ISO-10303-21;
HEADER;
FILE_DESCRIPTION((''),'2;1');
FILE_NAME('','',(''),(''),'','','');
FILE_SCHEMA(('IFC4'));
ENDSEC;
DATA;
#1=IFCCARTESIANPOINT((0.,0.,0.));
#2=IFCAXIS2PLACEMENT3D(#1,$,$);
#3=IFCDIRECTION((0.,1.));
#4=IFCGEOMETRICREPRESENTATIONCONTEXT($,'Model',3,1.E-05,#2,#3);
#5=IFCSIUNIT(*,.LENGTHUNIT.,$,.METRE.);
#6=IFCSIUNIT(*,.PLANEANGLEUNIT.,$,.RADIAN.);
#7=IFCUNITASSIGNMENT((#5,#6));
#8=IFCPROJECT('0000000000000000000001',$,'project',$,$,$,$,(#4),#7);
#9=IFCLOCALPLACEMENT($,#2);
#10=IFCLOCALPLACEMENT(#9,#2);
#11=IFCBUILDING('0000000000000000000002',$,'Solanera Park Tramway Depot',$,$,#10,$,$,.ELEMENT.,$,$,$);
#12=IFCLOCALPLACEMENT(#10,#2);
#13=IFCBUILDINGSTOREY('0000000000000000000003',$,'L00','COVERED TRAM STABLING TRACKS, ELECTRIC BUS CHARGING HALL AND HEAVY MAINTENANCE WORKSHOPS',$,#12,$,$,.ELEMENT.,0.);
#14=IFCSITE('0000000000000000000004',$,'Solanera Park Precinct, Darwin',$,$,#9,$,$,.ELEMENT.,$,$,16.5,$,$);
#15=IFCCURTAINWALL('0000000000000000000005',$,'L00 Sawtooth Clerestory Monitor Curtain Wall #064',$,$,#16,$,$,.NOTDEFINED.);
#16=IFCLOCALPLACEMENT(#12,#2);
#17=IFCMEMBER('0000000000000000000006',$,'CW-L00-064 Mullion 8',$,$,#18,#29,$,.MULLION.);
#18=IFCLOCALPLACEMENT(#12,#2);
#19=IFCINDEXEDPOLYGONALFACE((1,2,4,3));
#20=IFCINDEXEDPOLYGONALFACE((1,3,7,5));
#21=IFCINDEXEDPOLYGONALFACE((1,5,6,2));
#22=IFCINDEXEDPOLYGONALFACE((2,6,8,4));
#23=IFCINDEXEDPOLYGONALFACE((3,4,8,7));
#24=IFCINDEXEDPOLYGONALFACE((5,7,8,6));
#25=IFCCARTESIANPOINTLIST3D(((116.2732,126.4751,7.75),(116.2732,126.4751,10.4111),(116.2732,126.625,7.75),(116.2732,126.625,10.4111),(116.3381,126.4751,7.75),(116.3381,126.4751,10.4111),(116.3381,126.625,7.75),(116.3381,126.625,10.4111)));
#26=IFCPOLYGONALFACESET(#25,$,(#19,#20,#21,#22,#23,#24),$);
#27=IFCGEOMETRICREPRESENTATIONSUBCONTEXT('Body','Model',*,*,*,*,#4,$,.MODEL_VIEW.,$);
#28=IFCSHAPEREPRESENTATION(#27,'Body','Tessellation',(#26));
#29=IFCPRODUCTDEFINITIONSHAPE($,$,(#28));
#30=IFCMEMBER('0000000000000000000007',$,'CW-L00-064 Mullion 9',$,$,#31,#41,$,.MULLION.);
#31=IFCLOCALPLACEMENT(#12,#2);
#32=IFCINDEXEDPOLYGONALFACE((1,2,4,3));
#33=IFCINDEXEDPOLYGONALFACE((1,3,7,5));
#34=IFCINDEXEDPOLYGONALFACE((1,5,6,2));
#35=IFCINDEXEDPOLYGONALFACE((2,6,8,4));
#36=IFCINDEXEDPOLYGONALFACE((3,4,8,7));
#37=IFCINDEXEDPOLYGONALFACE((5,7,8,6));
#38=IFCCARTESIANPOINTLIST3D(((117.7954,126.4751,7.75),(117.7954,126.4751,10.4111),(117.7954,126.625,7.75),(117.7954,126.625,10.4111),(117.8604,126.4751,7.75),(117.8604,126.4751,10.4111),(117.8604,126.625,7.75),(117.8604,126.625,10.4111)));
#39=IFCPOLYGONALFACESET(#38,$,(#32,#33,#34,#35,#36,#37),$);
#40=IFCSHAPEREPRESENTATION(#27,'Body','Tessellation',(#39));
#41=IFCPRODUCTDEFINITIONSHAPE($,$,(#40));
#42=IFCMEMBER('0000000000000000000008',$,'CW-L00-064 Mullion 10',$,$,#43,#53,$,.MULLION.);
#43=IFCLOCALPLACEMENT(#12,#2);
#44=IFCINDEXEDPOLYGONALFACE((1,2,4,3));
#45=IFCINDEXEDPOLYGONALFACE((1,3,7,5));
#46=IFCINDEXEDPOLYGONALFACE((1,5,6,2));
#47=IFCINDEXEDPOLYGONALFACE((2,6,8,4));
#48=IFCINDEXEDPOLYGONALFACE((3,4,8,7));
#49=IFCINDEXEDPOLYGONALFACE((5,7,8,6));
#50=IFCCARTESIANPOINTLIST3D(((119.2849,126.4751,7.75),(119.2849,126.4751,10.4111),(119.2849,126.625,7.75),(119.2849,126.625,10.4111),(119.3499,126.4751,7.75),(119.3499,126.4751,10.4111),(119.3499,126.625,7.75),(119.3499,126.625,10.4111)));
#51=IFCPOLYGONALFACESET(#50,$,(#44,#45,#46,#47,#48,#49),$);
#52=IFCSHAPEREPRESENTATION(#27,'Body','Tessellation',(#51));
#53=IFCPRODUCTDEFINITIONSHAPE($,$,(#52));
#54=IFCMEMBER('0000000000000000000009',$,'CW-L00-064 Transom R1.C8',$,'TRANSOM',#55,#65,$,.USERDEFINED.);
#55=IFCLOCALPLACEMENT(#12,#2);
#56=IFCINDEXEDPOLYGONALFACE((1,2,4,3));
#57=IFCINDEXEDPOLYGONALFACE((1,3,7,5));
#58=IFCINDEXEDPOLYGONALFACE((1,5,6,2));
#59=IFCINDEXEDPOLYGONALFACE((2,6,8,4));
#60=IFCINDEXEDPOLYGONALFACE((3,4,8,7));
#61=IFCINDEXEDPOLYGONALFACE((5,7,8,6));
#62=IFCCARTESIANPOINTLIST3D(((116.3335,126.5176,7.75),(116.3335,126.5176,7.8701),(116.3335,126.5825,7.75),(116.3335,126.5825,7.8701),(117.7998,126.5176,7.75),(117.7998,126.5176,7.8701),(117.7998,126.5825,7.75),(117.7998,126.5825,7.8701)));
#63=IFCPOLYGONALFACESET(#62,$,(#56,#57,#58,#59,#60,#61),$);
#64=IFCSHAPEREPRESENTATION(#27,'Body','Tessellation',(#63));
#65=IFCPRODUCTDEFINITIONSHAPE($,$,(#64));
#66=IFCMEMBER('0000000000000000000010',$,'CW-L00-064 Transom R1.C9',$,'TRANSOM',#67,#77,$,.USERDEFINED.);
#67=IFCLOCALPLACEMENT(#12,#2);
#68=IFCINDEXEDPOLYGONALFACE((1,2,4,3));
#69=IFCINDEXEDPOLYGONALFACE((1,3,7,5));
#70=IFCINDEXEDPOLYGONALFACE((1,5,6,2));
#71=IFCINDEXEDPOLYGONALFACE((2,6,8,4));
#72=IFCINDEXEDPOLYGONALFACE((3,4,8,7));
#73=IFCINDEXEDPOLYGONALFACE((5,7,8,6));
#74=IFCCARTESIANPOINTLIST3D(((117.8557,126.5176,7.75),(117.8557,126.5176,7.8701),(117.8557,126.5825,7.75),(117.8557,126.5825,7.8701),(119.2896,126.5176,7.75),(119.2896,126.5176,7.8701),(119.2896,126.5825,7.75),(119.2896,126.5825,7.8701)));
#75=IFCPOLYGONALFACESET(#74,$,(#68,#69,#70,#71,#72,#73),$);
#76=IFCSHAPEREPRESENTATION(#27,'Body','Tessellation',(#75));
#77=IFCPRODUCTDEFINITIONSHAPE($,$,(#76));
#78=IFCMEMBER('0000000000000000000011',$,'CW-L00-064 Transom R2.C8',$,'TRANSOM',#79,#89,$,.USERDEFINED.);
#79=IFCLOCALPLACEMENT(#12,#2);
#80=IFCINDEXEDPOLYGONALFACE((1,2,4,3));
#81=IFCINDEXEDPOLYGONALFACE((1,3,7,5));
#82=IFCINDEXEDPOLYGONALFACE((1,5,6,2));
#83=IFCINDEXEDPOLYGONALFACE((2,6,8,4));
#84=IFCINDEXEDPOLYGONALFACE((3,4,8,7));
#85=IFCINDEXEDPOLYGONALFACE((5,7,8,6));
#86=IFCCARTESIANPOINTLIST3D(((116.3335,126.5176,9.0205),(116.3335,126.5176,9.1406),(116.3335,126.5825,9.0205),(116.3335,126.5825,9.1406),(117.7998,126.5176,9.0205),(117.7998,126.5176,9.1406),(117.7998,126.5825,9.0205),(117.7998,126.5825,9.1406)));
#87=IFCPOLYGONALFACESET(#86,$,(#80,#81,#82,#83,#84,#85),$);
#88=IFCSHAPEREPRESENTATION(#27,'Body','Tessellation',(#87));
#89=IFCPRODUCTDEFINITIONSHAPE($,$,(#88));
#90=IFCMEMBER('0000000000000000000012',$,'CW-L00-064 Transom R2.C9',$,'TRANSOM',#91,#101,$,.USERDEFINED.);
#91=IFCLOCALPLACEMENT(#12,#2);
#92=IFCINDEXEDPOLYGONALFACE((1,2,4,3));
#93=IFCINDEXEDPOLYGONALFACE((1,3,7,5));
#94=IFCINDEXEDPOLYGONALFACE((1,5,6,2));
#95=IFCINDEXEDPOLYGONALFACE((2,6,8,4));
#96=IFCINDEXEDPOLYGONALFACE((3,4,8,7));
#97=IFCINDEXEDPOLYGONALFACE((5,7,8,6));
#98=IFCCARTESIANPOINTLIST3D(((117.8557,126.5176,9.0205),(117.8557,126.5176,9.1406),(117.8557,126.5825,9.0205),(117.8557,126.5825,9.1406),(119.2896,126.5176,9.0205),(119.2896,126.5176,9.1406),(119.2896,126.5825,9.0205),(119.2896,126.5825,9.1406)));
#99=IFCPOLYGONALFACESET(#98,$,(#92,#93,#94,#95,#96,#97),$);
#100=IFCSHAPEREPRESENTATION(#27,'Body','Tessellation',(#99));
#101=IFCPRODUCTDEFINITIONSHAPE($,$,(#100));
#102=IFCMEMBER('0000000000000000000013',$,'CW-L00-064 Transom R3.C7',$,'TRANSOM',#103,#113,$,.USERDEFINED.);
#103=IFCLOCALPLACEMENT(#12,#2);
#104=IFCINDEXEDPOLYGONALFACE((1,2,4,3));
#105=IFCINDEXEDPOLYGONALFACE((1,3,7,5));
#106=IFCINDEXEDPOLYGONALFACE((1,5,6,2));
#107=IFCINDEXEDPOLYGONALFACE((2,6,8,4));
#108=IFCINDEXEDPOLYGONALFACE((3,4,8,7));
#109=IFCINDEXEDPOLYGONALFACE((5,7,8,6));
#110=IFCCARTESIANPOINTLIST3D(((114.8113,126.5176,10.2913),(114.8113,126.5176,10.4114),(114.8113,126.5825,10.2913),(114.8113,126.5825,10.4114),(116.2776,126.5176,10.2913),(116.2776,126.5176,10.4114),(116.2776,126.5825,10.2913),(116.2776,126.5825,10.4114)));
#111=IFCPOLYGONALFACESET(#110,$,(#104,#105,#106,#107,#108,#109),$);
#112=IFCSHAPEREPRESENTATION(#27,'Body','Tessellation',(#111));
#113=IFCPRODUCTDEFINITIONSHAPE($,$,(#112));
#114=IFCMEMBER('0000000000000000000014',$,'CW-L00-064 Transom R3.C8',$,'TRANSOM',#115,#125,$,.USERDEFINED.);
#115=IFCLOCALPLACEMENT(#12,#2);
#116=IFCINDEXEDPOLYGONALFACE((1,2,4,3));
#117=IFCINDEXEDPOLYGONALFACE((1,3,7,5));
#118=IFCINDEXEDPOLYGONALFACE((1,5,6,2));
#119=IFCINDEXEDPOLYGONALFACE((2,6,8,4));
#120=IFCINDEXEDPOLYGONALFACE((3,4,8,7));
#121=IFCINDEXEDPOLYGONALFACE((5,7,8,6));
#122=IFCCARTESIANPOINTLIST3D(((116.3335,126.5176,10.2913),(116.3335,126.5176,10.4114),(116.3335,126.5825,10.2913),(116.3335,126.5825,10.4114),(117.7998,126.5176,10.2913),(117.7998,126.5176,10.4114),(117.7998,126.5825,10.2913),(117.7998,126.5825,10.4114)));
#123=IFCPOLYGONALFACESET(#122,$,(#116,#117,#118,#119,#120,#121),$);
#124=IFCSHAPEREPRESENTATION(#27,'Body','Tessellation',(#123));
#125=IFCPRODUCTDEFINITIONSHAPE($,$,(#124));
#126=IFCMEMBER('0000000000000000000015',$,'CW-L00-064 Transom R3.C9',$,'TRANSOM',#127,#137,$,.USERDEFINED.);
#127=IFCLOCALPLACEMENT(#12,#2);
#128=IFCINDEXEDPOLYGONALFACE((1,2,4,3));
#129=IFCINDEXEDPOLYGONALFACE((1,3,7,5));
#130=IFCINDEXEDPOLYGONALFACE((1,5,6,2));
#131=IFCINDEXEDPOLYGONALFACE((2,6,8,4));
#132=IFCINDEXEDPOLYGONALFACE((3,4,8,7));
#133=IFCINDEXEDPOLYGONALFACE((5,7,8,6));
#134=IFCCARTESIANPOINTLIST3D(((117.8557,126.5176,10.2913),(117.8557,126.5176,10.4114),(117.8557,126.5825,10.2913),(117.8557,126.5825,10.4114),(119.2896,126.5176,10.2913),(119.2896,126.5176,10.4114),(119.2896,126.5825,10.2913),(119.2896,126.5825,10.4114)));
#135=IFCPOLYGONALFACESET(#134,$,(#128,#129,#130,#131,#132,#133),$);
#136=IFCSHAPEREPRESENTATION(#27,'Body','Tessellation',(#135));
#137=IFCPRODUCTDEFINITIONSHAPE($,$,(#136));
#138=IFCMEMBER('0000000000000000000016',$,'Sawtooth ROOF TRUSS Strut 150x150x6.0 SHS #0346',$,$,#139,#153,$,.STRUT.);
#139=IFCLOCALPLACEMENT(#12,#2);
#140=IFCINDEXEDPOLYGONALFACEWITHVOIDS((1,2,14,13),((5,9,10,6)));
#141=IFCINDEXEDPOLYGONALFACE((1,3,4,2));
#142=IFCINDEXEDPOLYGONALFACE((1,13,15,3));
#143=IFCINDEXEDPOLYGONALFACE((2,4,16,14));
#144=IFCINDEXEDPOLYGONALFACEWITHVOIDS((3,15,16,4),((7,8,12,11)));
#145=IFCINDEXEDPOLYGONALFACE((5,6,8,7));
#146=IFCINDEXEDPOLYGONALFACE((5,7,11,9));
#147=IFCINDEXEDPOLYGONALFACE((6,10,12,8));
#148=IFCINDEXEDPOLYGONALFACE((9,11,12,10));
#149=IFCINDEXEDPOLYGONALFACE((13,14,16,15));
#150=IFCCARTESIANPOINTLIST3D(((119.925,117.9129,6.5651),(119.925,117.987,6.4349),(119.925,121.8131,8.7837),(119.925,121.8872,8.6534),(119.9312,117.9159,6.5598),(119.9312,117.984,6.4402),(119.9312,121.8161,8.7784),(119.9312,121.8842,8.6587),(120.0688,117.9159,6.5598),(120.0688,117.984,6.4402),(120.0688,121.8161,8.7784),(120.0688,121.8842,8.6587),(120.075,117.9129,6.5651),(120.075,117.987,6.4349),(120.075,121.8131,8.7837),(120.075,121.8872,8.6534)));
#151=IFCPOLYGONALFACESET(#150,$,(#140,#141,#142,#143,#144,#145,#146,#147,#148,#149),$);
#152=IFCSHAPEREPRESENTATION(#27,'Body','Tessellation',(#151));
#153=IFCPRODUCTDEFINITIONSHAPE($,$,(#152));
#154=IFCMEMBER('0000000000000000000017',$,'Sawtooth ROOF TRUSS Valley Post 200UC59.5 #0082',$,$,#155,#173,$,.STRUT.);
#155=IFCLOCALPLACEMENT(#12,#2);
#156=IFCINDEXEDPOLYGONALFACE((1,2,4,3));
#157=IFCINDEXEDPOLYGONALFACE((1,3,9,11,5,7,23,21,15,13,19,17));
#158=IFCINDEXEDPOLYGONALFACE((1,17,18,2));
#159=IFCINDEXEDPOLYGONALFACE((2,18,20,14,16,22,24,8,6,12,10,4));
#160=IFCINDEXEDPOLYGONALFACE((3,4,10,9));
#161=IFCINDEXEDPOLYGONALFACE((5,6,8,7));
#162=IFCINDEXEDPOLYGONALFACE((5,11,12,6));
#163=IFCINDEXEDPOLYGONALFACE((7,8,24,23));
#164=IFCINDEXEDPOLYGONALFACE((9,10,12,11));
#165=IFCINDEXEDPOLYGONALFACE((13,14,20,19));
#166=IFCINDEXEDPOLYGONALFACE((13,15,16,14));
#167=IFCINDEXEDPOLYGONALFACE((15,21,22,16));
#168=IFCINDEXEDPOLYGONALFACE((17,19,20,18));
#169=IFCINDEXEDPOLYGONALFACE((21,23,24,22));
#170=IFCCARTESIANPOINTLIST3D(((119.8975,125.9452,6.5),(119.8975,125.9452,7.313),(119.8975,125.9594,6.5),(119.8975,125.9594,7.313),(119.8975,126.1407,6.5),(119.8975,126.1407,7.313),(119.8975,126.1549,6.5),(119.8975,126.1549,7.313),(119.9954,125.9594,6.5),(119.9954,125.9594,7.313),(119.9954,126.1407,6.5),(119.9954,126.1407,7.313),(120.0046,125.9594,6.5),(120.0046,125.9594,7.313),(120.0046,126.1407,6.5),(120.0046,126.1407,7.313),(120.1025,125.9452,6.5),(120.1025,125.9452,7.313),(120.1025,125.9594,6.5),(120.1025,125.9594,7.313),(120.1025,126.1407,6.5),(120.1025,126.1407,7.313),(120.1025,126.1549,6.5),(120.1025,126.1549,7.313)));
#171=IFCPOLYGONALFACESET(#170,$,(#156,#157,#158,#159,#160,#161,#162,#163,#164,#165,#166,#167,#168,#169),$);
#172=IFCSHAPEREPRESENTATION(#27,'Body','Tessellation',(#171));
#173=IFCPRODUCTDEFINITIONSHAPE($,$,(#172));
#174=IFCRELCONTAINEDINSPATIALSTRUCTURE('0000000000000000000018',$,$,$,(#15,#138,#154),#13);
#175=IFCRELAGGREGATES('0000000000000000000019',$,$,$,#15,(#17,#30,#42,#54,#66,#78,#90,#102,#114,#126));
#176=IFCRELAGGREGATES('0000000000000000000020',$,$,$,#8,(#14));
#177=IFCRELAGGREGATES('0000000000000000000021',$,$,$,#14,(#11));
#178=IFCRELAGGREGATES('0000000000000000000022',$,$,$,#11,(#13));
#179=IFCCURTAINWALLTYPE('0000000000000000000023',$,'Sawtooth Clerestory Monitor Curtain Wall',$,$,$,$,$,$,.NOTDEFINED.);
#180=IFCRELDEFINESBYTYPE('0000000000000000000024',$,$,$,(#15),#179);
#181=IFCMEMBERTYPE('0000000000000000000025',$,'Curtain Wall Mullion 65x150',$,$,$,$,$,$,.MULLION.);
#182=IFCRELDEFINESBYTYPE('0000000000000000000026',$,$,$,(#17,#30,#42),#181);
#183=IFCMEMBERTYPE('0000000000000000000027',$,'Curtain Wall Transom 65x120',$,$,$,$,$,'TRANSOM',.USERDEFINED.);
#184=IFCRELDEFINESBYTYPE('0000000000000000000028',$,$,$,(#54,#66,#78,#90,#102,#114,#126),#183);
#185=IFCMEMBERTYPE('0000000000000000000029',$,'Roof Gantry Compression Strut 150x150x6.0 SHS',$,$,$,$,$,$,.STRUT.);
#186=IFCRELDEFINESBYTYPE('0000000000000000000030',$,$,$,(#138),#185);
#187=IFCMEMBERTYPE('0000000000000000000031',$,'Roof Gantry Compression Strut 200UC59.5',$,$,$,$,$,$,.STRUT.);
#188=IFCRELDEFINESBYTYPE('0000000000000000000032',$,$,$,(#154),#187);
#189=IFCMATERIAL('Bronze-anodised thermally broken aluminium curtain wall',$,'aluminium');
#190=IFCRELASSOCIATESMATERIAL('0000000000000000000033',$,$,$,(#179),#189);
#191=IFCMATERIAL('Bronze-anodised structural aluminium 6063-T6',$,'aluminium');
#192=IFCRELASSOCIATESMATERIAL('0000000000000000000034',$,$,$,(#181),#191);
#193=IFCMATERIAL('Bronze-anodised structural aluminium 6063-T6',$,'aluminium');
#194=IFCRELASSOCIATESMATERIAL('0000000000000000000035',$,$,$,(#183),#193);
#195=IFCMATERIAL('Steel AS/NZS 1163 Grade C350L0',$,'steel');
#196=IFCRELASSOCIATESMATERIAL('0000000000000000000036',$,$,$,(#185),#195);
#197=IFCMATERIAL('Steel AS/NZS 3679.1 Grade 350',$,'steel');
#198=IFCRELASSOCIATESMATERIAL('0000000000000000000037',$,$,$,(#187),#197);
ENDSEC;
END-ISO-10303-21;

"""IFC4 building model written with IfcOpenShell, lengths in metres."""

from ifc_helpers import new_model, si_unit, direction, frame, origin, origin_2d, place, context, subcontext, project, spatial, rectangle, hollow_rectangle, i_section, extrude, material, material_profile, profile_set, type_object, element, aggregate, save


model = new_model("IFC4")

# Units and contexts
model_context = context("Model", 3, precision=1e-05, world=origin(), true_north=direction((0.0, 1.0)))
body_context = subcontext(model_context, "Body", "Model", "MODEL_VIEW")
ifc_project = project(units=[si_unit("LENGTHUNIT", "METRE"), si_unit("PLANEANGLEUNIT", "RADIAN")], contexts=[model_context])

# Site, building, storey
site_placement = place(None, origin())
site = spatial("IfcSite", under=ifc_project, at=site_placement, Name="Solanera Park Precinct, Darwin", CompositionType="ELEMENT", RefElevation=16.5)
building_placement = place(site_placement, origin())
building = spatial("IfcBuilding", under=site, at=building_placement, Name="Solanera Park Tramway Depot", CompositionType="ELEMENT")
storey_placement = place(building_placement, origin())
storey = spatial("IfcBuildingStorey", under=building, at=storey_placement, Name="L00", Description="COVERED TRAM STABLING TRACKS, ELECTRIC BUS CHARGING HALL AND HEAVY MAINTENANCE WORKSHOPS", CompositionType="ELEMENT", Elevation=0.0)

# Curtain wall, members
ifc_material_1 = material(Name="Bronze-anodised thermally broken aluminium curtain wall", Category="aluminium")
curtain_wall_type = type_object("IfcCurtainWallType", Name="Sawtooth Clerestory Monitor Curtain Wall", PredefinedType="NOTDEFINED", material=ifc_material_1)
curtain_wall_placement = place(storey_placement, origin())
curtain_wall = element("IfcCurtainWall", 1, at=curtain_wall_placement, inside=storey, type_object=curtain_wall_type, Name="L00 Sawtooth Clerestory Monitor Curtain Wall #064", PredefinedType="NOTDEFINED")
ifc_material_2 = material(Name="Bronze-anodised structural aluminium 6063-T6", Category="aluminium")
ifc_material_profile_1 = material_profile(ifc_material_2, rectangle(XDim=0.0649, YDim=0.1499, at=origin_2d()), Name="Curtain Wall Mullion 65x150")
ifc_profile_set_1 = profile_set([ifc_material_profile_1], Name="Bronze-anodised structural aluminium 6063-T6")
member_type_1 = type_object("IfcMemberType", Name="Curtain Wall Mullion 65x150", PredefinedType="MULLION", material=ifc_profile_set_1)
member_1_placement = place(storey_placement, frame((116.3057, 126.55, 7.75), z_axis=(0.0, 0.0, 1.0), x_axis=(1.0, 0.0, 0.0)))
member_1 = element("IfcMember", 2, at=member_1_placement, type_object=member_type_1, Name="CW-L00-064 Mullion 8", PredefinedType="MULLION", context=body_context, shape_type="SweptSolid", body=[
    extrude(rectangle(XDim=0.0649, YDim=0.1499, at=origin_2d()), origin(), (0.0, 0.0, 1.0), 2.6611),
])
member_2_placement = place(storey_placement, frame((117.8279, 126.55, 7.75), z_axis=(0.0, 0.0, 1.0), x_axis=(1.0, 0.0, 0.0)))
member_2 = element("IfcMember", 3, at=member_2_placement, type_object=member_type_1, Name="CW-L00-064 Mullion 9", PredefinedType="MULLION", context=body_context, shape_type="SweptSolid", body=[
    extrude(rectangle(XDim=0.0649, YDim=0.1499, at=origin_2d()), origin(), (0.0, 0.0, 1.0), 2.6611),
])
member_3_placement = place(storey_placement, frame((119.3174, 126.55, 7.75), z_axis=(0.0, 0.0, 1.0), x_axis=(1.0, 0.0, 0.0)))
member_3 = element("IfcMember", 4, at=member_3_placement, type_object=member_type_1, Name="CW-L00-064 Mullion 10", PredefinedType="MULLION", context=body_context, shape_type="SweptSolid", body=[
    extrude(rectangle(XDim=0.0649, YDim=0.1499, at=origin_2d()), origin(), (0.0, 0.0, 1.0), 2.6611),
])
ifc_material_3 = material(Name="Bronze-anodised structural aluminium 6063-T6", Category="aluminium")
ifc_material_profile_2 = material_profile(ifc_material_3, rectangle(XDim=0.0649, YDim=0.1201, at=origin_2d()), Name="Curtain Wall Transom 65x120")
ifc_profile_set_2 = profile_set([ifc_material_profile_2], Name="Bronze-anodised structural aluminium 6063-T6")
member_type_2 = type_object("IfcMemberType", Name="Curtain Wall Transom 65x120", ElementType="TRANSOM", PredefinedType="USERDEFINED", material=ifc_profile_set_2)
member_4_placement = place(storey_placement, frame((116.3335, 126.55, 7.8101), z_axis=(1.0, 0.0, 0.0), x_axis=(0.0, 1.0, 0.0)))
member_4 = element("IfcMember", 5, at=member_4_placement, type_object=member_type_2, Name="CW-L00-064 Transom R1.C8", ObjectType="TRANSOM", PredefinedType="USERDEFINED", context=body_context, shape_type="SweptSolid", body=[
    extrude(rectangle(XDim=0.0649, YDim=0.1201, at=origin_2d()), origin(), (0.0, 0.0, 1.0), 1.4663),
])
member_5_placement = place(storey_placement, frame((117.8557, 126.55, 7.8101), z_axis=(1.0, 0.0, 0.0), x_axis=(0.0, 1.0, 0.0)))
member_5 = element("IfcMember", 6, at=member_5_placement, type_object=member_type_2, Name="CW-L00-064 Transom R1.C9", ObjectType="TRANSOM", PredefinedType="USERDEFINED", context=body_context, shape_type="SweptSolid", body=[
    extrude(rectangle(XDim=0.0649, YDim=0.1201, at=origin_2d()), origin(), (0.0, 0.0, 1.0), 1.4338),
])
member_6_placement = place(storey_placement, frame((116.3335, 126.55, 9.0806), z_axis=(1.0, 0.0, 0.0), x_axis=(0.0, 1.0, 0.0)))
member_6 = element("IfcMember", 7, at=member_6_placement, type_object=member_type_2, Name="CW-L00-064 Transom R2.C8", ObjectType="TRANSOM", PredefinedType="USERDEFINED", context=body_context, shape_type="SweptSolid", body=[
    extrude(rectangle(XDim=0.0649, YDim=0.1201, at=origin_2d()), origin(), (0.0, 0.0, 1.0), 1.4663),
])
member_7_placement = place(storey_placement, frame((117.8557, 126.55, 9.0806), z_axis=(1.0, 0.0, 0.0), x_axis=(0.0, 1.0, 0.0)))
member_7 = element("IfcMember", 8, at=member_7_placement, type_object=member_type_2, Name="CW-L00-064 Transom R2.C9", ObjectType="TRANSOM", PredefinedType="USERDEFINED", context=body_context, shape_type="SweptSolid", body=[
    extrude(rectangle(XDim=0.0649, YDim=0.1201, at=origin_2d()), origin(), (0.0, 0.0, 1.0), 1.4338),
])
member_8_placement = place(storey_placement, frame((114.8113, 126.55, 10.3513), z_axis=(1.0, 0.0, 0.0), x_axis=(0.0, 1.0, 0.0)))
member_8 = element("IfcMember", 9, at=member_8_placement, type_object=member_type_2, Name="CW-L00-064 Transom R3.C7", ObjectType="TRANSOM", PredefinedType="USERDEFINED", context=body_context, shape_type="SweptSolid", body=[
    extrude(rectangle(XDim=0.0649, YDim=0.1201, at=origin_2d()), origin(), (0.0, 0.0, 1.0), 1.4663),
])
member_9_placement = place(storey_placement, frame((116.3335, 126.55, 10.3513), z_axis=(1.0, 0.0, 0.0), x_axis=(0.0, 1.0, 0.0)))
member_9 = element("IfcMember", 10, at=member_9_placement, type_object=member_type_2, Name="CW-L00-064 Transom R3.C8", ObjectType="TRANSOM", PredefinedType="USERDEFINED", context=body_context, shape_type="SweptSolid", body=[
    extrude(rectangle(XDim=0.0649, YDim=0.1201, at=origin_2d()), origin(), (0.0, 0.0, 1.0), 1.4663),
])
member_10_placement = place(storey_placement, frame((117.8557, 126.55, 10.3513), z_axis=(1.0, 0.0, 0.0), x_axis=(0.0, 1.0, 0.0)))
member_10 = element("IfcMember", 11, at=member_10_placement, type_object=member_type_2, Name="CW-L00-064 Transom R3.C9", ObjectType="TRANSOM", PredefinedType="USERDEFINED", context=body_context, shape_type="SweptSolid", body=[
    extrude(rectangle(XDim=0.0649, YDim=0.1201, at=origin_2d()), origin(), (0.0, 0.0, 1.0), 1.4338),
])

# Members
ifc_material_4 = material(Name="Steel AS/NZS 1163 Grade C350L0", Category="steel")
ifc_material_profile_3 = material_profile(ifc_material_4, hollow_rectangle(XDim=0.1499, YDim=0.1499, WallThickness=0.0061, at=origin_2d()), Name="150x150x6.0 SHS")
ifc_profile_set_3 = profile_set([ifc_material_profile_3], Name="Steel AS/NZS 1163 Grade C350L0")
member_type_3 = type_object("IfcMemberType", Name="Roof Gantry Compression Strut 150x150x6.0 SHS", PredefinedType="STRUT", material=ifc_profile_set_3)
member_11_placement = place(storey_placement, frame((120.0, 117.95, 6.5), z_axis=(0.0, 0.869216, 0.494433), x_axis=(-1.0, 0.0, 0.0)))
element("IfcMember", 12, at=member_11_placement, inside=storey, type_object=member_type_3, Name="Sawtooth ROOF TRUSS Strut 150x150x6.0 SHS #0346", PredefinedType="STRUT", context=body_context, shape_type="SweptSolid", body=[
    extrude(hollow_rectangle(XDim=0.1499, YDim=0.1499, WallThickness=0.0061, at=origin_2d()), origin(), (0.0, 0.0, 1.0), 4.4871),
])
ifc_material_5 = material(Name="Steel AS/NZS 3679.1 Grade 350", Category="steel")
ifc_material_profile_4 = material_profile(ifc_material_5, i_section(OverallWidth=0.2051, OverallDepth=0.2097, WebThickness=0.0093, FlangeThickness=0.0142, at=origin_2d()), Name="200UC59.5")
ifc_profile_set_4 = profile_set([ifc_material_profile_4], Name="Steel AS/NZS 3679.1 Grade 350")
member_type_4 = type_object("IfcMemberType", Name="Roof Gantry Compression Strut 200UC59.5", PredefinedType="STRUT", material=ifc_profile_set_4)
member_12_placement = place(storey_placement, frame((120.0, 126.05, 6.5), z_axis=(0.0, 0.0, 1.0), x_axis=(1.0, 0.0, 0.0)))
element("IfcMember", 13, at=member_12_placement, inside=storey, type_object=member_type_4, Name="Sawtooth ROOF TRUSS Valley Post 200UC59.5 #0082", PredefinedType="STRUT", context=body_context, shape_type="SweptSolid", body=[
    extrude(i_section(OverallWidth=0.2051, OverallDepth=0.2097, WebThickness=0.0093, FlangeThickness=0.0142, at=origin_2d()), origin(), (0.0, 0.0, 1.0), 0.813),
])

aggregate(curtain_wall, [member_1, member_2, member_3, member_4, member_5, member_6, member_7, member_8, member_9, member_10])

save(model, "model.ifc")
